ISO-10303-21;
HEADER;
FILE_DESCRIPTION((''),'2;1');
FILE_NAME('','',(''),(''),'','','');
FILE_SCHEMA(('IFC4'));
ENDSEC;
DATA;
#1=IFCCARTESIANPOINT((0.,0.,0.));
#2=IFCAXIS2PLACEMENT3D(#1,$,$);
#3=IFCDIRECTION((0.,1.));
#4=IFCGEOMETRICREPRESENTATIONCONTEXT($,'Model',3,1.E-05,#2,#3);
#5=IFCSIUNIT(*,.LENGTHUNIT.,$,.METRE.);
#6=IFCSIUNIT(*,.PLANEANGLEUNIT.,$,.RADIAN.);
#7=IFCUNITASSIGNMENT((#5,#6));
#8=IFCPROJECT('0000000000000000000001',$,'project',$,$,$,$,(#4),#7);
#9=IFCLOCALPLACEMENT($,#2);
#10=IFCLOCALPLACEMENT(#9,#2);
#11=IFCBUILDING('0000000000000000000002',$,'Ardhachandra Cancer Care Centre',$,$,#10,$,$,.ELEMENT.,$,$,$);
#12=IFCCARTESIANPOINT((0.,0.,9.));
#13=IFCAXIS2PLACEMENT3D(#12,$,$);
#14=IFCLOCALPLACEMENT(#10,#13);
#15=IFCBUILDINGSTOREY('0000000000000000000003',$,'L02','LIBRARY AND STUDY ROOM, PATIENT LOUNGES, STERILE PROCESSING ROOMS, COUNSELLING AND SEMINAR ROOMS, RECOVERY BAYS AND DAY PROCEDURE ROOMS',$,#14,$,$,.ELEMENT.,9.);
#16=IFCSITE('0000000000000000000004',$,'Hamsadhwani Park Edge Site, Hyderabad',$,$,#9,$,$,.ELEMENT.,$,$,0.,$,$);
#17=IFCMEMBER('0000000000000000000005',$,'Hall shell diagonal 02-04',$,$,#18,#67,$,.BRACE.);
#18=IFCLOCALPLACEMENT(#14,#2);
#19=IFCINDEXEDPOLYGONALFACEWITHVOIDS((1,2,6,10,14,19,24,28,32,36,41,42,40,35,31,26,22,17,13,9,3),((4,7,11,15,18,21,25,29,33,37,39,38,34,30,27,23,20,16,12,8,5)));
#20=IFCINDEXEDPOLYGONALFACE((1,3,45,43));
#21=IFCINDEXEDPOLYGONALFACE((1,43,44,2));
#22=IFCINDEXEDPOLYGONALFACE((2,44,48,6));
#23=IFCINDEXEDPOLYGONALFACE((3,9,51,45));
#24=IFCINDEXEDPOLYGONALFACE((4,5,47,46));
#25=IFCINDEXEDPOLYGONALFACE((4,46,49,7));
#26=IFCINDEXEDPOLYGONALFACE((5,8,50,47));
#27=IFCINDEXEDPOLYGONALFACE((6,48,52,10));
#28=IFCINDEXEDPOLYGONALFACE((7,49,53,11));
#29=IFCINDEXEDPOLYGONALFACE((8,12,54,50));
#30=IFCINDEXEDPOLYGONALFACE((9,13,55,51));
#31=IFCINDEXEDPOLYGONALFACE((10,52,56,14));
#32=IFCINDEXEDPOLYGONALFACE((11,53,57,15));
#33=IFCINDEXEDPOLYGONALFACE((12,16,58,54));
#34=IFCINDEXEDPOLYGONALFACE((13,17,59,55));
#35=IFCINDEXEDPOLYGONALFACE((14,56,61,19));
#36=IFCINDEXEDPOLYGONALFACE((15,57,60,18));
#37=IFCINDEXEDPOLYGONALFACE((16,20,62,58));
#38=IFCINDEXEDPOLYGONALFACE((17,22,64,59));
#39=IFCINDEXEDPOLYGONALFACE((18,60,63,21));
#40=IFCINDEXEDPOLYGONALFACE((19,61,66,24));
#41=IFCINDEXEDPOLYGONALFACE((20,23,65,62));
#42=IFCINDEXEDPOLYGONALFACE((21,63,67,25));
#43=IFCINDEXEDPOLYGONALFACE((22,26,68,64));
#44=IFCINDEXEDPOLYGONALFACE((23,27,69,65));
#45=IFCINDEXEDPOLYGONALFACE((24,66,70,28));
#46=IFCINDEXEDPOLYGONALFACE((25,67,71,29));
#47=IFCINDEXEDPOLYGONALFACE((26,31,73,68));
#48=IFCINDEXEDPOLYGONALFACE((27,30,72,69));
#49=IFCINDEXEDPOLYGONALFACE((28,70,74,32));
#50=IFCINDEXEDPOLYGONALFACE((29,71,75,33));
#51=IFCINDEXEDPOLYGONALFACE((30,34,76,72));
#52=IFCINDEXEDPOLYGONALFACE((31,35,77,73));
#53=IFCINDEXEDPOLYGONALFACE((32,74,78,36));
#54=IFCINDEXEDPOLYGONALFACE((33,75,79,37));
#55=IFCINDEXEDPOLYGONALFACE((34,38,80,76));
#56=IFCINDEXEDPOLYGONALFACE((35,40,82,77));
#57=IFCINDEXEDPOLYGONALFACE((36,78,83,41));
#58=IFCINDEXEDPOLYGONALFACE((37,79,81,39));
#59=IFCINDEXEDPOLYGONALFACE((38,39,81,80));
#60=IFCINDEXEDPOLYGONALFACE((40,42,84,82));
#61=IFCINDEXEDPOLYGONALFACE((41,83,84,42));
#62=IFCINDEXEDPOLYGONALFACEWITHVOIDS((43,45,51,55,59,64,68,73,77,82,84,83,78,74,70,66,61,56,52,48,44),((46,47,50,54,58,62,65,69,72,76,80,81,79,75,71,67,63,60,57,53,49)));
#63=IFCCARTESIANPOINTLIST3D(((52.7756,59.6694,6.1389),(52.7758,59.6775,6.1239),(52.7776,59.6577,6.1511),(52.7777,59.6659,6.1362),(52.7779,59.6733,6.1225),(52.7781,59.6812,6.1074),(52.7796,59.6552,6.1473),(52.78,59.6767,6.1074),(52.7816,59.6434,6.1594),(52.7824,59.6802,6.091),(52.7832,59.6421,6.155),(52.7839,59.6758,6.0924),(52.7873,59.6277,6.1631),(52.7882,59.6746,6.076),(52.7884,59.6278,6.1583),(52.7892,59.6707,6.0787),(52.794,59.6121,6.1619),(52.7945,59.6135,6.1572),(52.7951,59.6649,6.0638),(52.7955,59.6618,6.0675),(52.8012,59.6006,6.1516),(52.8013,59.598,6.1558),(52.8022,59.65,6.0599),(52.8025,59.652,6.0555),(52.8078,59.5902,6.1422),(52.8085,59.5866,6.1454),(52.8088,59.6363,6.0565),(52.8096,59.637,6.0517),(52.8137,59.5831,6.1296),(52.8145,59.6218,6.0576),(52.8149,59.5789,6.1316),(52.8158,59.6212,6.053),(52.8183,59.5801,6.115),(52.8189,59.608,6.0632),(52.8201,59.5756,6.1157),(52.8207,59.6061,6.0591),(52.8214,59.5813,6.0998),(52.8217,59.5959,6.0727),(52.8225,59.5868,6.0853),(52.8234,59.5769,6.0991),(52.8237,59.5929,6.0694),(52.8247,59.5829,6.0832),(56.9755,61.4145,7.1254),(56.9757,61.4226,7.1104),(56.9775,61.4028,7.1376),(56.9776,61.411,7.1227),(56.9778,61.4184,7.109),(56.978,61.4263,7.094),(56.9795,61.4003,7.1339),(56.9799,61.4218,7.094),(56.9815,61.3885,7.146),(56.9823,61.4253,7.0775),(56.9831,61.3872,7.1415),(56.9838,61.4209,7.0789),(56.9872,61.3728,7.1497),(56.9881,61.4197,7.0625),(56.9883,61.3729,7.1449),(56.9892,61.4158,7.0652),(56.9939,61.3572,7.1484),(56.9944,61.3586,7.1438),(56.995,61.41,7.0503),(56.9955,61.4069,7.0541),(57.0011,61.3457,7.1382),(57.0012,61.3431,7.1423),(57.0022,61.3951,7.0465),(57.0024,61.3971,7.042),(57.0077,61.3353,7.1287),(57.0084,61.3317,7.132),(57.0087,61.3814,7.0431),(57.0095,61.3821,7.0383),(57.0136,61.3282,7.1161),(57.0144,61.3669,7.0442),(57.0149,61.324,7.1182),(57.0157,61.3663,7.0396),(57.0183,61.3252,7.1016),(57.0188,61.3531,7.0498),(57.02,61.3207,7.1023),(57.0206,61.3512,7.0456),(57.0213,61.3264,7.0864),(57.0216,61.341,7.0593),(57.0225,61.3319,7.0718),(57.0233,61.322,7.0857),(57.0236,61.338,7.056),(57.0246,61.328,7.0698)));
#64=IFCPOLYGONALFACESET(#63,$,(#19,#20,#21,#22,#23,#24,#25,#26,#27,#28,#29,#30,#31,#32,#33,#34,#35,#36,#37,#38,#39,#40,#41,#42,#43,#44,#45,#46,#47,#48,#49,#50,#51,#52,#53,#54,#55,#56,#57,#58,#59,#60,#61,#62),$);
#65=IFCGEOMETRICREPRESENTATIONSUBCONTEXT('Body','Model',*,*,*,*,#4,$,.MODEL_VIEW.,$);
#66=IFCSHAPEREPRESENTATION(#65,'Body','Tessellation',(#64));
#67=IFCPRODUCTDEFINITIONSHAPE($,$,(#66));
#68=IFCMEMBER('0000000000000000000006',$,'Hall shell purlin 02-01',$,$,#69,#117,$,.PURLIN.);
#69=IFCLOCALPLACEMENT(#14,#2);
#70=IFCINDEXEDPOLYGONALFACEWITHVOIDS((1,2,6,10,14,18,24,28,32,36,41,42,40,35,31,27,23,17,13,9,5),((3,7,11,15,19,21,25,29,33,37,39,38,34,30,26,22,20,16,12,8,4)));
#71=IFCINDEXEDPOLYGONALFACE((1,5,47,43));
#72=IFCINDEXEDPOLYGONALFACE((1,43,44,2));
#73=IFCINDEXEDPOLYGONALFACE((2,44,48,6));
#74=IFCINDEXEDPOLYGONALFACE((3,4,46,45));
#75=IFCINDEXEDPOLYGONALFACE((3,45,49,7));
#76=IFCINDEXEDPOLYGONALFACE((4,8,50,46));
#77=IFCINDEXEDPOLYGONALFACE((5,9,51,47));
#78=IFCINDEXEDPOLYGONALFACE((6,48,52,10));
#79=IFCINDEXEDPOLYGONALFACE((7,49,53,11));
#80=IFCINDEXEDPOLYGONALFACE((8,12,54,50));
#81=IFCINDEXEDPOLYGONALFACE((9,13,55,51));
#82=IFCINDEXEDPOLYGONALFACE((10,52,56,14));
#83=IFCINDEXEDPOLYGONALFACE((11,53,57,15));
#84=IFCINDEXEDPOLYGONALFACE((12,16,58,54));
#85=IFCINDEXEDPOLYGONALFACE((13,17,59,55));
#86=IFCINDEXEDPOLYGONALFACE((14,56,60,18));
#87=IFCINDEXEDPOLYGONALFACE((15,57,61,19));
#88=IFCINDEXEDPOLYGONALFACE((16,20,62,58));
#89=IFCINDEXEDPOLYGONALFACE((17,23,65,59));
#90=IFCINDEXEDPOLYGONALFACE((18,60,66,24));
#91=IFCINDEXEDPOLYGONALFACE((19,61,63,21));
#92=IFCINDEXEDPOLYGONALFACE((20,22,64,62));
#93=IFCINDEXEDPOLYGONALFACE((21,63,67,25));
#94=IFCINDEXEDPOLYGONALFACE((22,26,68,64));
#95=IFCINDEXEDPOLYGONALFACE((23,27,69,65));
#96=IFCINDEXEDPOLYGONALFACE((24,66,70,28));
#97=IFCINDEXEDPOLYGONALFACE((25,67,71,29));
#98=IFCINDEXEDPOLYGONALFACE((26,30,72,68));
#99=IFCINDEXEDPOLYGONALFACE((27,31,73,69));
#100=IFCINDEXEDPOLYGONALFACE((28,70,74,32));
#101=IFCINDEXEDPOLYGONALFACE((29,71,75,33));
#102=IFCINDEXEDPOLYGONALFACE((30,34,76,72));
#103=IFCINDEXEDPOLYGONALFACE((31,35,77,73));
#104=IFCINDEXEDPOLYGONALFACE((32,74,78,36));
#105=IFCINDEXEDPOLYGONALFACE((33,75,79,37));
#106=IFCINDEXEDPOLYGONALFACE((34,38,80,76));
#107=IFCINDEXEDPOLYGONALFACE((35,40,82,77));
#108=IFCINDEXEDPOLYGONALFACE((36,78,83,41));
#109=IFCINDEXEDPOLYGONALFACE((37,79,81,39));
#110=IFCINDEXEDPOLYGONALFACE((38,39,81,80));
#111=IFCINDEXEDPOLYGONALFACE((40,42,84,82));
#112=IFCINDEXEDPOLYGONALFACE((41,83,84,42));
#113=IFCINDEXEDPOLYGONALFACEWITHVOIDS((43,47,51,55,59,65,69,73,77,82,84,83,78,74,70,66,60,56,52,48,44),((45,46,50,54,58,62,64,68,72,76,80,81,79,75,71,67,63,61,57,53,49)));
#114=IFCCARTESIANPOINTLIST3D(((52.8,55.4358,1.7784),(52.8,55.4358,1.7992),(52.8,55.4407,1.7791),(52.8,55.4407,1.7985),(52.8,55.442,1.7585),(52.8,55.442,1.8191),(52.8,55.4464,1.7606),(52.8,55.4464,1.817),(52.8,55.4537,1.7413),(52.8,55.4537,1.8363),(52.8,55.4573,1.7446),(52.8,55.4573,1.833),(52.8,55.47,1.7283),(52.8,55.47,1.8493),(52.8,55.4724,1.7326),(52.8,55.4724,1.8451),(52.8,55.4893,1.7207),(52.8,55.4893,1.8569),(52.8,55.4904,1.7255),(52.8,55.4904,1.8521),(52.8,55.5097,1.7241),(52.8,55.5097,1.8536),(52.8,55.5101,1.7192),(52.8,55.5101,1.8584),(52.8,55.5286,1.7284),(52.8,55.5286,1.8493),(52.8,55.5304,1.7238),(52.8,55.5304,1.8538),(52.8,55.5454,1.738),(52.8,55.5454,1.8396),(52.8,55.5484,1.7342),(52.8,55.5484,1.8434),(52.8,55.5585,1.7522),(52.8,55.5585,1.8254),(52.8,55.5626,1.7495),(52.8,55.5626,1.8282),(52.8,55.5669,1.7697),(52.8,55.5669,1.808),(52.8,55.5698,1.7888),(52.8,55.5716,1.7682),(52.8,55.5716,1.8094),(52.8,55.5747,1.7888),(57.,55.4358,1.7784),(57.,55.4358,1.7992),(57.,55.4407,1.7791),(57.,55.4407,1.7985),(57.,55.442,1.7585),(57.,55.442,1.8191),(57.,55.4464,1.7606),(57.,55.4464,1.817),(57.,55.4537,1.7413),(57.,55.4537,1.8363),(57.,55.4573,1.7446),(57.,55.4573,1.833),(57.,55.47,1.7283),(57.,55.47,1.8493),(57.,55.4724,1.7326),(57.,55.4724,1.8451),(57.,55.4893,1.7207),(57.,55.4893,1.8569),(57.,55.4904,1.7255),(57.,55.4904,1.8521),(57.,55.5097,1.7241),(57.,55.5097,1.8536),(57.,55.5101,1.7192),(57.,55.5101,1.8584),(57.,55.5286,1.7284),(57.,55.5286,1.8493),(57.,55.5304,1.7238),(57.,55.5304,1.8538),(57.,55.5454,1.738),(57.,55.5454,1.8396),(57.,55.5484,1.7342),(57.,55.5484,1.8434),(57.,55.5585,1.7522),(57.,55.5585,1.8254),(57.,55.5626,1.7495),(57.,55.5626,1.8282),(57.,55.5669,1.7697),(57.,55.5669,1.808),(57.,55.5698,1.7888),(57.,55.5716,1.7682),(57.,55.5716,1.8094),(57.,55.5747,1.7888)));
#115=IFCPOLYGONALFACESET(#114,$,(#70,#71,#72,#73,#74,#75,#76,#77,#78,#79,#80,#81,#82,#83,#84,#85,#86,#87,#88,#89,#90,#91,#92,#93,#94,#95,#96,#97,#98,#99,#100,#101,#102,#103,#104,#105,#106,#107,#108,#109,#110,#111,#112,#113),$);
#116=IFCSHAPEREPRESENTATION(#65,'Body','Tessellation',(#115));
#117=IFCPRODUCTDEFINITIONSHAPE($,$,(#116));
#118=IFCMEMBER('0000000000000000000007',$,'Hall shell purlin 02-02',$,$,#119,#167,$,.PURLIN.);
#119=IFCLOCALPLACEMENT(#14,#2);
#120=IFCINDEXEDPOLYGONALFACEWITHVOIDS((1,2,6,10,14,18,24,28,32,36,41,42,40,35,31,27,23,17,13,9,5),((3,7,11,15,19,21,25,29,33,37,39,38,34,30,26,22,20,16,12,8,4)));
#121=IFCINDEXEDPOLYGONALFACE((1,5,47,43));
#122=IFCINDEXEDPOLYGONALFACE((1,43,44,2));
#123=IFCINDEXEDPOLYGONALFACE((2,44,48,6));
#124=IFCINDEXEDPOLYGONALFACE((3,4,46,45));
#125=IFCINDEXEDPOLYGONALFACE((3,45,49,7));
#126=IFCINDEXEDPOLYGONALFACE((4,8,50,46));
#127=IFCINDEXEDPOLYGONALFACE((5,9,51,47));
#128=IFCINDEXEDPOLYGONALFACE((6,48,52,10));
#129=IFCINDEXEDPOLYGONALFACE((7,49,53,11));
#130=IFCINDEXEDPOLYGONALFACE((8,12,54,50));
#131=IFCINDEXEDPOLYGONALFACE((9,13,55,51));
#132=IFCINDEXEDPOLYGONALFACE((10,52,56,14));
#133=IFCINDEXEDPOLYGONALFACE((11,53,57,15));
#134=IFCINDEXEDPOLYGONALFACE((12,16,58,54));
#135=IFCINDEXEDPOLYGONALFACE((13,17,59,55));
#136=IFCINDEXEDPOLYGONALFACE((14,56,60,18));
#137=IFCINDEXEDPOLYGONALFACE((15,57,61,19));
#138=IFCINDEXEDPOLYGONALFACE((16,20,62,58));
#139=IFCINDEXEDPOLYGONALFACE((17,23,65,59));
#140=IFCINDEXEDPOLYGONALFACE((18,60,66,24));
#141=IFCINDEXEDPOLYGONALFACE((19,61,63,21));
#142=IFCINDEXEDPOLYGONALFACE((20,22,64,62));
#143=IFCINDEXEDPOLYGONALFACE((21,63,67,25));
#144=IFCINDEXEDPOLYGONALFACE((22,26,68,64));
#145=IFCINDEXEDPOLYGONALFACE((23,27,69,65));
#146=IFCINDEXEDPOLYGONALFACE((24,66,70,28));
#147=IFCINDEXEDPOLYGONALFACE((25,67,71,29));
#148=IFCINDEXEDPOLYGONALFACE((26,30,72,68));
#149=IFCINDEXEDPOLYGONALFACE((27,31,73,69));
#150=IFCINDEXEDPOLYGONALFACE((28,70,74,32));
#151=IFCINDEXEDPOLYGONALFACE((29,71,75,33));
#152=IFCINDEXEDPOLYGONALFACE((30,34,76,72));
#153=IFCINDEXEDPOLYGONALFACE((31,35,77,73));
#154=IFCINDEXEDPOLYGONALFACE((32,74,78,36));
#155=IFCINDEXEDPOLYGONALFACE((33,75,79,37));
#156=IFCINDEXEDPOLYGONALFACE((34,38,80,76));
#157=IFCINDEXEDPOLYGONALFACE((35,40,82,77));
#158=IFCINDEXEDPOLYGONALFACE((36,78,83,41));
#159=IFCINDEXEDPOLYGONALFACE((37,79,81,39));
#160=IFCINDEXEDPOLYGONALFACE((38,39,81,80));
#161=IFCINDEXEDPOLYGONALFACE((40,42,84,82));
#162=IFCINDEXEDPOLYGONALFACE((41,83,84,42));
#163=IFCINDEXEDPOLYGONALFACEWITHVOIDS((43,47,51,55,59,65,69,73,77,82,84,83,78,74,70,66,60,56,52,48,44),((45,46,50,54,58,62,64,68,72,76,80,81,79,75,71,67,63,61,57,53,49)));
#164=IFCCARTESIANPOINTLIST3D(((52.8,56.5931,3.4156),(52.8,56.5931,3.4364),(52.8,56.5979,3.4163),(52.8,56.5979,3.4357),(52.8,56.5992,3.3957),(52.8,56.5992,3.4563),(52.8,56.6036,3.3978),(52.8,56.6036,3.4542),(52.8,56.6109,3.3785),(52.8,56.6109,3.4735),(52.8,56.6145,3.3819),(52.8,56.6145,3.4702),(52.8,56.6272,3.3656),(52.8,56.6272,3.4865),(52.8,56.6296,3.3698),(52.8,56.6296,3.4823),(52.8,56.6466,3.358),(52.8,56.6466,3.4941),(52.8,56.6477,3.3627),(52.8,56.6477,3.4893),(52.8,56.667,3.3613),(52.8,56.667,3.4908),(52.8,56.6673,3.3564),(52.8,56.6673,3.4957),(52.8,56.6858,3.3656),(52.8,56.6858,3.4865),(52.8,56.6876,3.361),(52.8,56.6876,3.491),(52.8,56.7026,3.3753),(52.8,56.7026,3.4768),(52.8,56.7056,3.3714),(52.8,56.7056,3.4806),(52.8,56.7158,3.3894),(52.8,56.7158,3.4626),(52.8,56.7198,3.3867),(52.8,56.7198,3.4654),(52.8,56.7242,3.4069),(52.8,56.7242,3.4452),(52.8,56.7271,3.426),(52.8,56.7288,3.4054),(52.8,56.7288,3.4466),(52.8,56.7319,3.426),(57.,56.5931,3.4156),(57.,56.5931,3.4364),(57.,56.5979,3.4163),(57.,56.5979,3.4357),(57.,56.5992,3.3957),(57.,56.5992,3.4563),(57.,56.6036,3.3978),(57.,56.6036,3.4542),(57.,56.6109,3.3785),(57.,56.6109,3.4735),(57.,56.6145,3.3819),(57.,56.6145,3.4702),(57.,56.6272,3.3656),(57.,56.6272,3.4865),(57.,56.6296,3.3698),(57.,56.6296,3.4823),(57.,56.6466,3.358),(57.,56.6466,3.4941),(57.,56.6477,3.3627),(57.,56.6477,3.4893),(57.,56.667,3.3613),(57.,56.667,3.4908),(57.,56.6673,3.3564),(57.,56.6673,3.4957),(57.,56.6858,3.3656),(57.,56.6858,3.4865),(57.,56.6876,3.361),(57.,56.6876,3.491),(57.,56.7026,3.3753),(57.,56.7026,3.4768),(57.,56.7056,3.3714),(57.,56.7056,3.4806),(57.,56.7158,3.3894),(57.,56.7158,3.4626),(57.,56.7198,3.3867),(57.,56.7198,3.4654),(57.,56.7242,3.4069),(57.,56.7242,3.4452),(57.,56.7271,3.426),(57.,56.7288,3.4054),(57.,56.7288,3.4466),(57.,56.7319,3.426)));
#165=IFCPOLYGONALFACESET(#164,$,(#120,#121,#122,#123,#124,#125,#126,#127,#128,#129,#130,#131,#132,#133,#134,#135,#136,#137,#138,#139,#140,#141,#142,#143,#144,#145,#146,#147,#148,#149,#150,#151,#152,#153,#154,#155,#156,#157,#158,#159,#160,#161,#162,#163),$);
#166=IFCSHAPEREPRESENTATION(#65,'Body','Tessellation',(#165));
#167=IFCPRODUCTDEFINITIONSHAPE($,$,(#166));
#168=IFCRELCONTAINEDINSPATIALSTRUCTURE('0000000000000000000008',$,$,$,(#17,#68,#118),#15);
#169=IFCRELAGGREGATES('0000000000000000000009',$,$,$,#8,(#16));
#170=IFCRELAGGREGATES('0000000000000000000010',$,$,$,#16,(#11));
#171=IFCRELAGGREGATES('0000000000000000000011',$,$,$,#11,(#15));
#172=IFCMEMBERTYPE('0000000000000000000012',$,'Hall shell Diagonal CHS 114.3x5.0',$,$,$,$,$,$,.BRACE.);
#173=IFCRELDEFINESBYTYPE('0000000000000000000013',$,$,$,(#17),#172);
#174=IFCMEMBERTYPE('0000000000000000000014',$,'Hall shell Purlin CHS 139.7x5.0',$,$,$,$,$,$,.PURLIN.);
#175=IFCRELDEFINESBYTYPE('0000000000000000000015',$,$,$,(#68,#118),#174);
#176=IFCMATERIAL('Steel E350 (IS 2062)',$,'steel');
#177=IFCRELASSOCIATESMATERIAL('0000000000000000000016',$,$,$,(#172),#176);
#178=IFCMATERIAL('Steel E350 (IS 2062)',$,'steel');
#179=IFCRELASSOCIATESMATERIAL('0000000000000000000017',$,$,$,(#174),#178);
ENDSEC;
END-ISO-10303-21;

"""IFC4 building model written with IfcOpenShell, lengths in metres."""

from ifc_helpers import new_model, si_unit, direction, frame, origin, origin_2d, place, context, subcontext, project, spatial, hollow_circle, extrude, material, material_profile, profile_set, type_object, element, save


model = new_model("IFC4")

# Units and contexts
model_context = context("Model", 3, precision=1e-05, world=origin(), true_north=direction((0.0, 1.0)))
body_context = subcontext(model_context, "Body", "Model", "MODEL_VIEW")
ifc_project = project(units=[si_unit("LENGTHUNIT", "METRE"), si_unit("PLANEANGLEUNIT", "RADIAN")], contexts=[model_context])

# Site, building, storey
site_placement = place(None, origin())
site = spatial("IfcSite", under=ifc_project, at=site_placement, Name="Hamsadhwani Park Edge Site, Hyderabad", CompositionType="ELEMENT", RefElevation=0.0)
building_placement = place(site_placement, origin())
building = spatial("IfcBuilding", under=site, at=building_placement, Name="Ardhachandra Cancer Care Centre", CompositionType="ELEMENT")
storey_placement = place(building_placement, frame((0.0, 0.0, 9.0)))
storey = spatial("IfcBuildingStorey", under=building, at=storey_placement, Name="L02", Description="LIBRARY AND STUDY ROOM, PATIENT LOUNGES, STERILE PROCESSING ROOMS, COUNSELLING AND SEMINAR ROOMS, RECOVERY BAYS AND DAY PROCEDURE ROOMS", CompositionType="ELEMENT", Elevation=9.0)

# Members
ifc_material_1 = material(Name="Steel E350 (IS 2062)", Category="steel")
ifc_material_profile_1 = material_profile(ifc_material_1, hollow_circle(Radius=0.0571, WallThickness=0.0049, at=origin_2d()), Name="CHS 114.3x5.0")
ifc_profile_set_1 = profile_set([ifc_material_profile_1], Name="Steel E350 (IS 2062)")
member_type_1 = type_object("IfcMemberType", Name="Hall shell Diagonal CHS 114.3x5.0", PredefinedType="BRACE", material=ifc_profile_set_1)
for number, where, z_axis, x_axis, name in (
    (1, (52.8, 59.6284, 6.1074), (0.902467, 0.374983, 0.21199), (-0.383704, 0.923456, 0.0), "Hall shell diagonal 02-04"),
):
    element("IfcMember", number, at=place(storey_placement, frame(where, z_axis=z_axis, x_axis=x_axis)), inside=storey, type_object=member_type_1, Name=name, PredefinedType="BRACE", context=body_context, shape_type="SweptSolid", body=[
        extrude(hollow_circle(Radius=0.0571, WallThickness=0.0049, at=origin_2d()), origin(), (0.0, 0.0, 1.0), 4.6538),
    ])
ifc_material_2 = material(Name="Steel E350 (IS 2062)", Category="steel")
ifc_material_profile_2 = material_profile(ifc_material_2, hollow_circle(Radius=0.0698, WallThickness=0.0049, at=origin_2d()), Name="CHS 139.7x5.0")
ifc_profile_set_2 = profile_set([ifc_material_profile_2], Name="Steel E350 (IS 2062)")
member_type_2 = type_object("IfcMemberType", Name="Hall shell Purlin CHS 139.7x5.0", PredefinedType="PURLIN", material=ifc_profile_set_2)
for number, where, z_axis, x_axis, name in (
    (2, (52.8, 55.5049, 1.7888), (1.0, 0.0, 0.0), (0.0, 1.0, 0.0), "Hall shell purlin 02-01"),
    (3, (52.8, 56.6621, 3.426), (1.0, 0.0, 0.0), (0.0, 1.0, 0.0), "Hall shell purlin 02-02"),
):
    element("IfcMember", number, at=place(storey_placement, frame(where, z_axis=z_axis, x_axis=x_axis)), inside=storey, type_object=member_type_2, Name=name, PredefinedType="PURLIN", context=body_context, shape_type="SweptSolid", body=[
        extrude(hollow_circle(Radius=0.0698, WallThickness=0.0049, at=origin_2d()), origin(), (0.0, 0.0, 1.0), 4.2),
    ])

save(model, "model.ifc")
